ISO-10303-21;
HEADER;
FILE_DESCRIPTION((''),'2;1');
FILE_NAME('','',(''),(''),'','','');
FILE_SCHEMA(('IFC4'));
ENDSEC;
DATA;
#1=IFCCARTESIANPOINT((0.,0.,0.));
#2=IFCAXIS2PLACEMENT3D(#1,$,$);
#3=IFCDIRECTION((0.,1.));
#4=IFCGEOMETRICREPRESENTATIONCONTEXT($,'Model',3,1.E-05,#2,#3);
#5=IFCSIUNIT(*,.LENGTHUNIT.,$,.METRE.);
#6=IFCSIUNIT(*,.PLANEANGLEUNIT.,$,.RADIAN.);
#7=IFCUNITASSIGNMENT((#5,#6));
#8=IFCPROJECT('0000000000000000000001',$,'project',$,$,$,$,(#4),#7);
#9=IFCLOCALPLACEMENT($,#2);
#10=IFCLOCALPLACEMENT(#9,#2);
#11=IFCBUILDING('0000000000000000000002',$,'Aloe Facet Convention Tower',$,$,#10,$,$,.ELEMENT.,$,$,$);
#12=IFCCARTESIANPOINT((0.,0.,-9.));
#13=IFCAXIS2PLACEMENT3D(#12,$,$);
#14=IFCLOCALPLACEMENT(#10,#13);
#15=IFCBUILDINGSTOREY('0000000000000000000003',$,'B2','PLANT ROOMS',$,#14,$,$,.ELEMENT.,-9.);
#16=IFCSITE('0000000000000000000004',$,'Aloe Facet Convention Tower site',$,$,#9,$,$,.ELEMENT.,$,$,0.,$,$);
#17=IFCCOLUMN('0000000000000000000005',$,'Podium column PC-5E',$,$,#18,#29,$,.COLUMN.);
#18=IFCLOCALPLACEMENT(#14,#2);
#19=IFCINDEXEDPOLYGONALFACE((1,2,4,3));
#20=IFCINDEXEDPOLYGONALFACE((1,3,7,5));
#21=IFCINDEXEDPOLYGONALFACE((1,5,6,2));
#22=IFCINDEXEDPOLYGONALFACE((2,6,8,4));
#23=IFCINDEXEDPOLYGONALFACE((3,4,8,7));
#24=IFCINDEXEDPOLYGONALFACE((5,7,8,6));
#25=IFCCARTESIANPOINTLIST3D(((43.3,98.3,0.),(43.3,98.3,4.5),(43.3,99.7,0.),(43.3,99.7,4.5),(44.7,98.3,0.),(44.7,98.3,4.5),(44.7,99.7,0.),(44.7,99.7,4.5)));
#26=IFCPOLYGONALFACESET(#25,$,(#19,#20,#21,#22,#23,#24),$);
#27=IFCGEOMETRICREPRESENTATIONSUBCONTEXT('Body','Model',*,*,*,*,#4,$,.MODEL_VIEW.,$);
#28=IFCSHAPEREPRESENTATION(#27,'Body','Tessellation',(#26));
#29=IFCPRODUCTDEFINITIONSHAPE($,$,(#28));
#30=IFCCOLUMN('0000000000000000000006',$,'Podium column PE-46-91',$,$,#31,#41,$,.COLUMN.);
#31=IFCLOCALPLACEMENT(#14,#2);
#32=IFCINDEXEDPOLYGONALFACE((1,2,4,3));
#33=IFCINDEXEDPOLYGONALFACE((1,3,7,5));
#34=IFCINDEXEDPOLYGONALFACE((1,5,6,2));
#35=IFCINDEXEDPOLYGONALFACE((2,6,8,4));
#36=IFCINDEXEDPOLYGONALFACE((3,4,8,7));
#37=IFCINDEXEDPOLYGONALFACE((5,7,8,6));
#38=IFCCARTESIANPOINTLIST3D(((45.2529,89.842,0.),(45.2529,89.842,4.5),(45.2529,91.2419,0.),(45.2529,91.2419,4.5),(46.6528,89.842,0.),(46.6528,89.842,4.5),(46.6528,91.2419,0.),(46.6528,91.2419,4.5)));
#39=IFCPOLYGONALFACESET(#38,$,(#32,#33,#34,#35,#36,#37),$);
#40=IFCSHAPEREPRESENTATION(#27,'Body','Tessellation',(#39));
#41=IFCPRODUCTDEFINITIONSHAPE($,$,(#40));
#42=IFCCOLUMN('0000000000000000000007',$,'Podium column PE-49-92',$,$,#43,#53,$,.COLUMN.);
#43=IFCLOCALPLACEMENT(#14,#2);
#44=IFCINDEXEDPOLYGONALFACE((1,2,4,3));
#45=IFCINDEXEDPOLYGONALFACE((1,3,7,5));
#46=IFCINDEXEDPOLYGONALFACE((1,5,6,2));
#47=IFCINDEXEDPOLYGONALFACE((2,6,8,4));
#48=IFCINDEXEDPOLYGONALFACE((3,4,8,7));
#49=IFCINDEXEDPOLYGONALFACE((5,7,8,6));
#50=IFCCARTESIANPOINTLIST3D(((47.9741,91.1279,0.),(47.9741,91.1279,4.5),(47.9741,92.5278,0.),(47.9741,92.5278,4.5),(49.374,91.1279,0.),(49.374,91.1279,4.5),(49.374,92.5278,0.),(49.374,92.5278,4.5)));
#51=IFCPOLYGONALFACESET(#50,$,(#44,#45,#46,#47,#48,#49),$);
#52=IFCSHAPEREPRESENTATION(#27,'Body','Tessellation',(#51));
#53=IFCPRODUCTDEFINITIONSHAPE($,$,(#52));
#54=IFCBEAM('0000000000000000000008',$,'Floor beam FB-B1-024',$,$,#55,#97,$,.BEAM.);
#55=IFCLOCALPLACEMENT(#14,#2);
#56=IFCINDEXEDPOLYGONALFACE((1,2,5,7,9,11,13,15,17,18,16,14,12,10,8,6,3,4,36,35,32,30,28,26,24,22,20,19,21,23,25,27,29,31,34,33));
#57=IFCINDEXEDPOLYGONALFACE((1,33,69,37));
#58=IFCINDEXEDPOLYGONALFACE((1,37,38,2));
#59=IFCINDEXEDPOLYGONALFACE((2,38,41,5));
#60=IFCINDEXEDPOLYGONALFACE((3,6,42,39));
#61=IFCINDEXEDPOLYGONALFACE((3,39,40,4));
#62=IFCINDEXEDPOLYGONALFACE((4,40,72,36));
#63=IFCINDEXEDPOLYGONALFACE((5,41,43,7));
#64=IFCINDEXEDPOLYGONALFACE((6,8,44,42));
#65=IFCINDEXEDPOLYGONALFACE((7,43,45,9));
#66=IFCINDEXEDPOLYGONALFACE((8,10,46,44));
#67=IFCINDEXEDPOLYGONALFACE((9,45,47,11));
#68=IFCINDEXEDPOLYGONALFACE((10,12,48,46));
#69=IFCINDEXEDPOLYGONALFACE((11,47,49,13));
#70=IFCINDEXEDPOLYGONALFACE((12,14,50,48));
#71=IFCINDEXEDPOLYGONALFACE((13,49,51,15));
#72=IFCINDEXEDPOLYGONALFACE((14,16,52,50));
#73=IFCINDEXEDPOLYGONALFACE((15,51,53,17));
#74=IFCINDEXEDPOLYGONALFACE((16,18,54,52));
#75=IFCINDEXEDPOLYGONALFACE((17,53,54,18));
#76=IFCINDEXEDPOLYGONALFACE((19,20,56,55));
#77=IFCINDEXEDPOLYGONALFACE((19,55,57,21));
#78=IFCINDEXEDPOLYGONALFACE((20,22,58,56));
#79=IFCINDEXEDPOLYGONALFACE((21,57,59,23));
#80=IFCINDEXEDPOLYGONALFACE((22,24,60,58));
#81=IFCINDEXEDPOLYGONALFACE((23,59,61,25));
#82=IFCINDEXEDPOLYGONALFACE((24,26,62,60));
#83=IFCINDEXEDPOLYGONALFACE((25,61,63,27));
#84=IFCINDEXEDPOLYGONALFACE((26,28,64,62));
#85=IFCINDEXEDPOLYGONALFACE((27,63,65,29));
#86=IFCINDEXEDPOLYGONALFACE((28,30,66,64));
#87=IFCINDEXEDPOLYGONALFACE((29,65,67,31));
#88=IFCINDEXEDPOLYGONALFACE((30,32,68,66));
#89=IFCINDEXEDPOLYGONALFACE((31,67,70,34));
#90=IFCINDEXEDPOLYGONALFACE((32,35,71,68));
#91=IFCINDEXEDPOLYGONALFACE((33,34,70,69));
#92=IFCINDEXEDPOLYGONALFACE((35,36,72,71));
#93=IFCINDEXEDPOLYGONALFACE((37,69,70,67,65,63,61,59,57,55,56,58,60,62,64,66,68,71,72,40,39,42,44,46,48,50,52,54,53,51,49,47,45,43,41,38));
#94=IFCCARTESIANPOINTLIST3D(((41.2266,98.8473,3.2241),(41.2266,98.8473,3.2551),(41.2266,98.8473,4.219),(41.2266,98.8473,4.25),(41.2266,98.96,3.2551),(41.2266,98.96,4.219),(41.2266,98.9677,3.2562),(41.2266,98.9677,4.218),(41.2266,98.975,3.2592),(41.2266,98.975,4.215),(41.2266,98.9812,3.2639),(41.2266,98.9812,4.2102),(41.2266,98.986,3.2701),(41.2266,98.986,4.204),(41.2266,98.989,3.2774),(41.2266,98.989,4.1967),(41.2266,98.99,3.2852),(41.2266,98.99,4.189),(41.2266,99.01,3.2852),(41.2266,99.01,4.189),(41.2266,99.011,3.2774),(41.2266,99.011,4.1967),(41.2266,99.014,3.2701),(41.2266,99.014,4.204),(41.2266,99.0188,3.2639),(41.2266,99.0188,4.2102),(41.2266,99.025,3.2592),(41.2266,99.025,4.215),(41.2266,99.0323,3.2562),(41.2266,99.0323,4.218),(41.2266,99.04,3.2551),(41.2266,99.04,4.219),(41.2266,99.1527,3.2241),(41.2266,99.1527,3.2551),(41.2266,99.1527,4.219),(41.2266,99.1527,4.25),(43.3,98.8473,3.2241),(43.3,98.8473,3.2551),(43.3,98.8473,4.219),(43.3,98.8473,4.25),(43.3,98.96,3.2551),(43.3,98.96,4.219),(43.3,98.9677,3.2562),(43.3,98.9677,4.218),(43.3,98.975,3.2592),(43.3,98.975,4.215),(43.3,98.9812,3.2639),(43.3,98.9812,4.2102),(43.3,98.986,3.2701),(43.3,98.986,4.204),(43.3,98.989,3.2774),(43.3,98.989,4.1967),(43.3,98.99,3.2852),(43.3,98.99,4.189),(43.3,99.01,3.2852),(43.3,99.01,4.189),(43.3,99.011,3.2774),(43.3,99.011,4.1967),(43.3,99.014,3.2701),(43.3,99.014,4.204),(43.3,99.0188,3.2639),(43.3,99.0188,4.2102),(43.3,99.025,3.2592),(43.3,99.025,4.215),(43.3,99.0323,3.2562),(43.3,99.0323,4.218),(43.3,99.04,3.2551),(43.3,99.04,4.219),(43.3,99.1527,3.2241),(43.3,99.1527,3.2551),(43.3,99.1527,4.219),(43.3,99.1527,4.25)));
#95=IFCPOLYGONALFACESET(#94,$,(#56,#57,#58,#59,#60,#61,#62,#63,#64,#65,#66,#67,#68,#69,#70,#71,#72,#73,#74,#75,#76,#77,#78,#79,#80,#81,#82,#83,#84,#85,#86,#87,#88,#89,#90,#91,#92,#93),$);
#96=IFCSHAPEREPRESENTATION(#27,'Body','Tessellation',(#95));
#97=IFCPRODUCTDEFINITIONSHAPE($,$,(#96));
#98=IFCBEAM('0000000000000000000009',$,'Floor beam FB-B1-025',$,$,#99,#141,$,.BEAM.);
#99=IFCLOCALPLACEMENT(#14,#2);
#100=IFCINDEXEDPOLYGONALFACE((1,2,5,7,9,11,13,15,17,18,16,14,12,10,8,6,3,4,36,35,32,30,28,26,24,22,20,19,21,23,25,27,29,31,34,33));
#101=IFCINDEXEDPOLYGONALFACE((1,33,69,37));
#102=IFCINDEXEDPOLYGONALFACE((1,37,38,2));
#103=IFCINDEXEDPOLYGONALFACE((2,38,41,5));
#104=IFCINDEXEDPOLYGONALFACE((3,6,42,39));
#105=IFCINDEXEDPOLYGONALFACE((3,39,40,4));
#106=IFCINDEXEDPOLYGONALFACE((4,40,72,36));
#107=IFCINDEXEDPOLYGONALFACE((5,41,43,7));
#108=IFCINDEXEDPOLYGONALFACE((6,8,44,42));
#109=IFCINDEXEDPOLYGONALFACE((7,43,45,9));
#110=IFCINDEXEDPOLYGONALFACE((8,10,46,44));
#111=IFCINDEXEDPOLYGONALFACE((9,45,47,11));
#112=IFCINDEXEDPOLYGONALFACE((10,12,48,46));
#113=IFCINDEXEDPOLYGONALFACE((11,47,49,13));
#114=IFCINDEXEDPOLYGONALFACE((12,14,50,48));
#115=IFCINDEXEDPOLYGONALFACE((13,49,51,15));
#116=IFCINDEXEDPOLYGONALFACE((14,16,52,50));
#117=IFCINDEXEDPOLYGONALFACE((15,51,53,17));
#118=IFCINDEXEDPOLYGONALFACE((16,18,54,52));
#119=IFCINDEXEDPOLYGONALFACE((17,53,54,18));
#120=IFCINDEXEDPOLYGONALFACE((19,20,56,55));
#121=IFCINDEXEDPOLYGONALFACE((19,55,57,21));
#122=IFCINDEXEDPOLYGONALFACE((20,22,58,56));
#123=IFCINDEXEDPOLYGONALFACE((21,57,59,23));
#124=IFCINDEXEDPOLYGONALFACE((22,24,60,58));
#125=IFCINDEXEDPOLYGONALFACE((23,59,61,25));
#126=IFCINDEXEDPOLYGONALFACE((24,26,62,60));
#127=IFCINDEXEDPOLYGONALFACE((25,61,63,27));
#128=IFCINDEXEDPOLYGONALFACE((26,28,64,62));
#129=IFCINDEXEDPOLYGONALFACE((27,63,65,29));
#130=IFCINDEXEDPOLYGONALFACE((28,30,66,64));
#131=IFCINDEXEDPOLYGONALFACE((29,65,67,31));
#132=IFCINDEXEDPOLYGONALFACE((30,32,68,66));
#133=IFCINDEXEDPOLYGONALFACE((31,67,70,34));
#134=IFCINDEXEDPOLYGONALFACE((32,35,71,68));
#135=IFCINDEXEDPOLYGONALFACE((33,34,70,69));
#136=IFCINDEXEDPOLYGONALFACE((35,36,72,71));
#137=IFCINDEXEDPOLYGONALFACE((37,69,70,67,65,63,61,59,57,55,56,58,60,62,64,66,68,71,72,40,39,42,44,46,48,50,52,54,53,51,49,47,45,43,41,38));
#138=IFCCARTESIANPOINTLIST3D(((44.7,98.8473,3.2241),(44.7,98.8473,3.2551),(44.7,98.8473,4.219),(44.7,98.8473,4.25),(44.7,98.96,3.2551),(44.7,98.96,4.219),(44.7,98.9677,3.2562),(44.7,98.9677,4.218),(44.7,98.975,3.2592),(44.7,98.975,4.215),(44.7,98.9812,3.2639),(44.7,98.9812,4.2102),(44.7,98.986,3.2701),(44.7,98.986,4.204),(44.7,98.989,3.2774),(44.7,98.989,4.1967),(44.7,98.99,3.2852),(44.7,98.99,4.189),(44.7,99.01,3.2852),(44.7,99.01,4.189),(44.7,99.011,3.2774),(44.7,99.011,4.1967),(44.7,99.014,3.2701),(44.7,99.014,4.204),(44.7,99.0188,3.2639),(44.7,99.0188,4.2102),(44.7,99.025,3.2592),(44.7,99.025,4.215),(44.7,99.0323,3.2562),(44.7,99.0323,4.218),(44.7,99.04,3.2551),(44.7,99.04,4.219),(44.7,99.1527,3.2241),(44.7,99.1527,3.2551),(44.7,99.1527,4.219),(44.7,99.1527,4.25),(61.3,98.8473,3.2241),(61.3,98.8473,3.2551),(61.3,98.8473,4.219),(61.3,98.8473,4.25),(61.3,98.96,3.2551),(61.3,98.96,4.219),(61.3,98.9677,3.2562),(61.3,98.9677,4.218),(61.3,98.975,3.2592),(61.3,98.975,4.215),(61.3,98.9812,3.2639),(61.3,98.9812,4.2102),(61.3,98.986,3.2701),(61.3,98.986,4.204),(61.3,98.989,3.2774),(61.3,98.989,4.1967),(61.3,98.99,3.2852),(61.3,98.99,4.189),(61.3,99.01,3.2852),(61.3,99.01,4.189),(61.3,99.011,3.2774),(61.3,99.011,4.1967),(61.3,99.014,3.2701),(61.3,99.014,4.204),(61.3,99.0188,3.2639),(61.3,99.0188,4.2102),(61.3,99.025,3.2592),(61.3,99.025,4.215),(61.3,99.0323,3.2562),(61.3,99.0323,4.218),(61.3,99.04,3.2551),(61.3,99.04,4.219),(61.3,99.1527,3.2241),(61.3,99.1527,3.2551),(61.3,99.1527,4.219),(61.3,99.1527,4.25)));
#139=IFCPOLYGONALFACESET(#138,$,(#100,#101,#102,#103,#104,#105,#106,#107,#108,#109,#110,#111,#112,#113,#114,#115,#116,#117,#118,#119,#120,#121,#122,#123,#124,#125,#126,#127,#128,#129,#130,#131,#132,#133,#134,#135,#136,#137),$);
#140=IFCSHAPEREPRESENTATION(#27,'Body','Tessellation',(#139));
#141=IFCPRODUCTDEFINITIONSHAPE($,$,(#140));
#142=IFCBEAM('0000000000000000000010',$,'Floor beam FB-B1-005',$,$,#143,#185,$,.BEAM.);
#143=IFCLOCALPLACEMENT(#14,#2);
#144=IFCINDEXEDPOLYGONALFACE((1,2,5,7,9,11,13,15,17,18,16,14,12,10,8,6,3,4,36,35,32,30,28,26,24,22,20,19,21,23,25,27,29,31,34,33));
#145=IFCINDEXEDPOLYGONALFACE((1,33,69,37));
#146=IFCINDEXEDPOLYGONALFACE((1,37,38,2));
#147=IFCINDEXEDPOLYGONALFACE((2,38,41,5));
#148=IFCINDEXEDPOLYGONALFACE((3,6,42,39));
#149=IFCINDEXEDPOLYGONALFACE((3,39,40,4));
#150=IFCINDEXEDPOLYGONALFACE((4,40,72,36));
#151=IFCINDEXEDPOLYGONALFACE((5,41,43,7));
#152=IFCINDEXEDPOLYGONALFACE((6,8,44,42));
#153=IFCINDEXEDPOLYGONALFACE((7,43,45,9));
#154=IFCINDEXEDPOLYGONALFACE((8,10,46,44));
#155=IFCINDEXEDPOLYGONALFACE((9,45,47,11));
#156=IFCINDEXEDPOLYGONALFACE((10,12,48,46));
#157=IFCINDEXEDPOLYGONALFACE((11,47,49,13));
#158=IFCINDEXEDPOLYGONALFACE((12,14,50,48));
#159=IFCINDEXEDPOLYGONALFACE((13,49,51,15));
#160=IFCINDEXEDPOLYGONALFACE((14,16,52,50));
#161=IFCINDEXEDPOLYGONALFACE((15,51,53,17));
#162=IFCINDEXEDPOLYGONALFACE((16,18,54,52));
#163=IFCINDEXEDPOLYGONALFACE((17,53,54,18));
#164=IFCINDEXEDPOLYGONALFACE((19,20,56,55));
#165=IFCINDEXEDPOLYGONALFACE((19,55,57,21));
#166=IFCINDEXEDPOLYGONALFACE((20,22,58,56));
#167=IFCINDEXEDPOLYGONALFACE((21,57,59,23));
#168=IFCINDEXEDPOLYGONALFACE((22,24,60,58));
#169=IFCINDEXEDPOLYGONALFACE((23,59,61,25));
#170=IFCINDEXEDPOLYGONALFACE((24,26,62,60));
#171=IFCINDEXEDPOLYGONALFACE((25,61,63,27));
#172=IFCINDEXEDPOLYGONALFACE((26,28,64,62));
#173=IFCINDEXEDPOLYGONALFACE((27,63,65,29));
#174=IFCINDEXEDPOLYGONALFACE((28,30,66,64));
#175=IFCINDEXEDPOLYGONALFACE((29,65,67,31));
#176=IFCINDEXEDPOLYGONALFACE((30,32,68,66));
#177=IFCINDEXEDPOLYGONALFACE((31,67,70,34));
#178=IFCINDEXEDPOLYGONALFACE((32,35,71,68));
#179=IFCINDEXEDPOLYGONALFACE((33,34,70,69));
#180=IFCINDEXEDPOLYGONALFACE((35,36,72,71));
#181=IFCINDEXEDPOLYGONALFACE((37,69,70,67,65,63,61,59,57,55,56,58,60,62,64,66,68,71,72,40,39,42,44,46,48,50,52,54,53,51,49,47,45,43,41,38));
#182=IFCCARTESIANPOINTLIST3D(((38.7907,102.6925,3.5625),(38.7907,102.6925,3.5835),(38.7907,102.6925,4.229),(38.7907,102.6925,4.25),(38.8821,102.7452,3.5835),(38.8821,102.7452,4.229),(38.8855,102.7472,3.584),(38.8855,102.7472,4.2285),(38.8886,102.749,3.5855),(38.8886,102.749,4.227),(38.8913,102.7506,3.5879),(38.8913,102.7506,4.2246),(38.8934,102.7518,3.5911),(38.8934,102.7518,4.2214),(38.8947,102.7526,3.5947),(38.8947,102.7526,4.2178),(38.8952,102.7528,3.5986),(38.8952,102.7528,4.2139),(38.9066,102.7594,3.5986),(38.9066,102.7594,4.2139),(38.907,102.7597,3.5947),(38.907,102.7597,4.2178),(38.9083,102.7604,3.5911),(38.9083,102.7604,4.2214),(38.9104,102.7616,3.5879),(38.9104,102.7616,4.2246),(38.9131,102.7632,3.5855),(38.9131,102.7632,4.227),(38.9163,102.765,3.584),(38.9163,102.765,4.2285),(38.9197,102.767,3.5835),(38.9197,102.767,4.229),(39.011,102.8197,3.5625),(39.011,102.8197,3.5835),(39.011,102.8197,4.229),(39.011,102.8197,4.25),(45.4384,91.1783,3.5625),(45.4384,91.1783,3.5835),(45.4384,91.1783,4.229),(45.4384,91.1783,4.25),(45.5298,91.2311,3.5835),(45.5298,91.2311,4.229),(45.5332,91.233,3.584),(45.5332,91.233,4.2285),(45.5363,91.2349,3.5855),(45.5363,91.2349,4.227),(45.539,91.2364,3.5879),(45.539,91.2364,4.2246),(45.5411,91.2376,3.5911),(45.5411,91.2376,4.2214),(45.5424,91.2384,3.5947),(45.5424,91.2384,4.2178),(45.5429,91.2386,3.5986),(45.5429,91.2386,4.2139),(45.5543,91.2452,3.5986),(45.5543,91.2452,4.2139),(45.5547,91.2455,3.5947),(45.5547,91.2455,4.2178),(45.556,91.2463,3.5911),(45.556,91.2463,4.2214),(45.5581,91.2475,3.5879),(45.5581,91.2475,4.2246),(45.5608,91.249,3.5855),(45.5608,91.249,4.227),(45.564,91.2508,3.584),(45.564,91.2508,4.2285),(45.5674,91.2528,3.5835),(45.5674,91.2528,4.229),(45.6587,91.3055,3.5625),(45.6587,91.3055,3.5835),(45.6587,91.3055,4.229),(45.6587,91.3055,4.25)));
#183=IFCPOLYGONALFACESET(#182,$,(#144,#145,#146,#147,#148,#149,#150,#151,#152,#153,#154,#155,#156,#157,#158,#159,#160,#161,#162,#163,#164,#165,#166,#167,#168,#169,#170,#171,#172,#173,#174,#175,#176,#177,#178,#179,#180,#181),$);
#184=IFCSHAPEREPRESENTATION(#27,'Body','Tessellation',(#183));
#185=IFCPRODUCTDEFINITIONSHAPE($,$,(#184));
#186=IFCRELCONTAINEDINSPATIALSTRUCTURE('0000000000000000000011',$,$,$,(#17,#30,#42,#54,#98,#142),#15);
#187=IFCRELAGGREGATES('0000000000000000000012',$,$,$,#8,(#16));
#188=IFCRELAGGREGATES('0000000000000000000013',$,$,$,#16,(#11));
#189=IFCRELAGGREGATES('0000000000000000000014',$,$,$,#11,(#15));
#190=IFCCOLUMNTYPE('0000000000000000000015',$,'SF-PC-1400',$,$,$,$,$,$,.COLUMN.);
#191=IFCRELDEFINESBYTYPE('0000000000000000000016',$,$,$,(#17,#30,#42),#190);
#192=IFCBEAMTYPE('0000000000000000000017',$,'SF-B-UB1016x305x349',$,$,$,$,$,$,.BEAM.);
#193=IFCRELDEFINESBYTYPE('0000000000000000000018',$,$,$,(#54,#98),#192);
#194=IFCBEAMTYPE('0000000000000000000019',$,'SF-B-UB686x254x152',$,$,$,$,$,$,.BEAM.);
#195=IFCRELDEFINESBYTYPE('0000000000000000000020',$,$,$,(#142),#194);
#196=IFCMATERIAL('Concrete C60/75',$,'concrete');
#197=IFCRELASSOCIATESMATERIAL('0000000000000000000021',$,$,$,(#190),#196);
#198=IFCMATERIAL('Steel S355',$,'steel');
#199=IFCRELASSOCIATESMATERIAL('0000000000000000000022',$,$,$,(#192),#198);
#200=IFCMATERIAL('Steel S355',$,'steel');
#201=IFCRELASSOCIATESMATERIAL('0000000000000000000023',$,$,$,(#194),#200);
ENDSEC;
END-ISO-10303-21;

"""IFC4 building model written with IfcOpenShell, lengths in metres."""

from ifc_helpers import new_model, si_unit, direction, frame, origin, origin_2d, place, context, subcontext, project, spatial, rectangle, i_section, extrude, material, material_profile, profile_set, type_object, element, save


model = new_model("IFC4")

# Units and contexts
model_context = context("Model", 3, precision=1e-05, world=origin(), true_north=direction((0.0, 1.0)))
body_context = subcontext(model_context, "Body", "Model", "MODEL_VIEW")
ifc_project = project(units=[si_unit("LENGTHUNIT", "METRE"), si_unit("PLANEANGLEUNIT", "RADIAN")], contexts=[model_context])

# Site, building, storey
site_placement = place(None, origin())
site = spatial("IfcSite", under=ifc_project, at=site_placement, Name="Aloe Facet Convention Tower site", CompositionType="ELEMENT", RefElevation=0.0)
building_placement = place(site_placement, origin())
building = spatial("IfcBuilding", under=site, at=building_placement, Name="Aloe Facet Convention Tower", CompositionType="ELEMENT")
storey_placement = place(building_placement, frame((0.0, 0.0, -9.0)))
storey = spatial("IfcBuildingStorey", under=building, at=storey_placement, Name="B2", Description="PLANT ROOMS", CompositionType="ELEMENT", Elevation=-9.0)

# Columns
ifc_material_1 = material(Name="Concrete C60/75", Category="concrete")
ifc_material_profile_1 = material_profile(ifc_material_1, rectangle(XDim=1.3999, YDim=1.3999, at=origin_2d()), Name="SF-PC-1400")
ifc_profile_set_1 = profile_set([ifc_material_profile_1], Name="Concrete C60/75")
column_type = type_object("IfcColumnType", Name="SF-PC-1400", PredefinedType="COLUMN", material=ifc_profile_set_1)
for number, where, z_axis, x_axis, name in (
    (1, (44.0, 99.0, 0.0), (0.0, 0.0, 1.0), (1.0, 0.0, 0.0), "Podium column PC-5E"),
    (2, (45.9529, 90.542, 0.0), (0.0, 0.0, 1.0), (1.0, 0.0, 0.0), "Podium column PE-46-91"),
    (3, (48.6741, 91.8279, 0.0), (0.0, 0.0, 1.0), (1.0, 0.0, 0.0), "Podium column PE-49-92"),
):
    element("IfcColumn", number, at=place(storey_placement, frame(where, z_axis=z_axis, x_axis=x_axis)), inside=storey, type_object=column_type, Name=name, PredefinedType="COLUMN", context=body_context, shape_type="SweptSolid", body=[
        extrude(rectangle(XDim=1.3999, YDim=1.3999, at=origin_2d()), origin(), (0.0, 0.0, 1.0), 4.5),
    ])

# Beams
ifc_material_2 = material(Name="Steel S355", Category="steel")
ifc_material_profile_2 = material_profile(ifc_material_2, i_section(OverallWidth=0.3054, OverallDepth=1.0259, WebThickness=0.02, FlangeThickness=0.031, FilletRadius=0.03, at=origin_2d()), Name="UB 1016x305x349")
ifc_profile_set_2 = profile_set([ifc_material_profile_2], Name="Steel S355")
beam_type_1 = type_object("IfcBeamType", Name="SF-B-UB1016x305x349", PredefinedType="BEAM", material=ifc_profile_set_2)
beam_1_placement = place(storey_placement, frame((41.2266, 99.0, 3.7371), z_axis=(1.0, 0.0, 0.0), x_axis=(0.0, 1.0, 0.0)))
element("IfcBeam", 4, at=beam_1_placement, inside=storey, type_object=beam_type_1, Name="Floor beam FB-B1-024", PredefinedType="BEAM", context=body_context, shape_type="SweptSolid", body=[
    extrude(i_section(OverallWidth=0.3054, OverallDepth=1.0259, WebThickness=0.02, FlangeThickness=0.031, FilletRadius=0.03, at=origin_2d()), origin(), (0.0, 0.0, 1.0), 2.0735),
])
beam_2_placement = place(storey_placement, frame((44.7, 99.0, 3.7371), z_axis=(1.0, 0.0, 0.0), x_axis=(0.0, 1.0, 0.0)))
element("IfcBeam", 5, at=beam_2_placement, inside=storey, type_object=beam_type_1, Name="Floor beam FB-B1-025", PredefinedType="BEAM", context=body_context, shape_type="SweptSolid", body=[
    extrude(i_section(OverallWidth=0.3054, OverallDepth=1.0259, WebThickness=0.02, FlangeThickness=0.031, FilletRadius=0.03, at=origin_2d()), origin(), (0.0, 0.0, 1.0), 16.6001),
])
ifc_material_3 = material(Name="Steel S355", Category="steel")
ifc_material_profile_3 = material_profile(ifc_material_3, i_section(OverallWidth=0.2544, OverallDepth=0.6875, WebThickness=0.0132, FlangeThickness=0.021, FilletRadius=0.0151, at=origin_2d()), Name="UB 686x254x152")
ifc_profile_set_3 = profile_set([ifc_material_profile_3], Name="Steel S355")
beam_type_2 = type_object("IfcBeamType", Name="SF-B-UB686x254x152", PredefinedType="BEAM", material=ifc_profile_set_3)
beam_3_placement = place(storey_placement, frame((45.5486, 91.2419, 3.9062), z_axis=(-0.5, 0.866025, 0.0), x_axis=(-0.866025, -0.5, 0.0)))
element("IfcBeam", 6, at=beam_3_placement, inside=storey, type_object=beam_type_2, Name="Floor beam FB-B1-005", PredefinedType="BEAM", context=body_context, shape_type="SweptSolid", body=[
    extrude(i_section(OverallWidth=0.2544, OverallDepth=0.6875, WebThickness=0.0132, FlangeThickness=0.021, FilletRadius=0.0151, at=origin_2d()), origin(), (0.0, 0.0, 1.0), 13.2954),
])

save(model, "model.ifc")
